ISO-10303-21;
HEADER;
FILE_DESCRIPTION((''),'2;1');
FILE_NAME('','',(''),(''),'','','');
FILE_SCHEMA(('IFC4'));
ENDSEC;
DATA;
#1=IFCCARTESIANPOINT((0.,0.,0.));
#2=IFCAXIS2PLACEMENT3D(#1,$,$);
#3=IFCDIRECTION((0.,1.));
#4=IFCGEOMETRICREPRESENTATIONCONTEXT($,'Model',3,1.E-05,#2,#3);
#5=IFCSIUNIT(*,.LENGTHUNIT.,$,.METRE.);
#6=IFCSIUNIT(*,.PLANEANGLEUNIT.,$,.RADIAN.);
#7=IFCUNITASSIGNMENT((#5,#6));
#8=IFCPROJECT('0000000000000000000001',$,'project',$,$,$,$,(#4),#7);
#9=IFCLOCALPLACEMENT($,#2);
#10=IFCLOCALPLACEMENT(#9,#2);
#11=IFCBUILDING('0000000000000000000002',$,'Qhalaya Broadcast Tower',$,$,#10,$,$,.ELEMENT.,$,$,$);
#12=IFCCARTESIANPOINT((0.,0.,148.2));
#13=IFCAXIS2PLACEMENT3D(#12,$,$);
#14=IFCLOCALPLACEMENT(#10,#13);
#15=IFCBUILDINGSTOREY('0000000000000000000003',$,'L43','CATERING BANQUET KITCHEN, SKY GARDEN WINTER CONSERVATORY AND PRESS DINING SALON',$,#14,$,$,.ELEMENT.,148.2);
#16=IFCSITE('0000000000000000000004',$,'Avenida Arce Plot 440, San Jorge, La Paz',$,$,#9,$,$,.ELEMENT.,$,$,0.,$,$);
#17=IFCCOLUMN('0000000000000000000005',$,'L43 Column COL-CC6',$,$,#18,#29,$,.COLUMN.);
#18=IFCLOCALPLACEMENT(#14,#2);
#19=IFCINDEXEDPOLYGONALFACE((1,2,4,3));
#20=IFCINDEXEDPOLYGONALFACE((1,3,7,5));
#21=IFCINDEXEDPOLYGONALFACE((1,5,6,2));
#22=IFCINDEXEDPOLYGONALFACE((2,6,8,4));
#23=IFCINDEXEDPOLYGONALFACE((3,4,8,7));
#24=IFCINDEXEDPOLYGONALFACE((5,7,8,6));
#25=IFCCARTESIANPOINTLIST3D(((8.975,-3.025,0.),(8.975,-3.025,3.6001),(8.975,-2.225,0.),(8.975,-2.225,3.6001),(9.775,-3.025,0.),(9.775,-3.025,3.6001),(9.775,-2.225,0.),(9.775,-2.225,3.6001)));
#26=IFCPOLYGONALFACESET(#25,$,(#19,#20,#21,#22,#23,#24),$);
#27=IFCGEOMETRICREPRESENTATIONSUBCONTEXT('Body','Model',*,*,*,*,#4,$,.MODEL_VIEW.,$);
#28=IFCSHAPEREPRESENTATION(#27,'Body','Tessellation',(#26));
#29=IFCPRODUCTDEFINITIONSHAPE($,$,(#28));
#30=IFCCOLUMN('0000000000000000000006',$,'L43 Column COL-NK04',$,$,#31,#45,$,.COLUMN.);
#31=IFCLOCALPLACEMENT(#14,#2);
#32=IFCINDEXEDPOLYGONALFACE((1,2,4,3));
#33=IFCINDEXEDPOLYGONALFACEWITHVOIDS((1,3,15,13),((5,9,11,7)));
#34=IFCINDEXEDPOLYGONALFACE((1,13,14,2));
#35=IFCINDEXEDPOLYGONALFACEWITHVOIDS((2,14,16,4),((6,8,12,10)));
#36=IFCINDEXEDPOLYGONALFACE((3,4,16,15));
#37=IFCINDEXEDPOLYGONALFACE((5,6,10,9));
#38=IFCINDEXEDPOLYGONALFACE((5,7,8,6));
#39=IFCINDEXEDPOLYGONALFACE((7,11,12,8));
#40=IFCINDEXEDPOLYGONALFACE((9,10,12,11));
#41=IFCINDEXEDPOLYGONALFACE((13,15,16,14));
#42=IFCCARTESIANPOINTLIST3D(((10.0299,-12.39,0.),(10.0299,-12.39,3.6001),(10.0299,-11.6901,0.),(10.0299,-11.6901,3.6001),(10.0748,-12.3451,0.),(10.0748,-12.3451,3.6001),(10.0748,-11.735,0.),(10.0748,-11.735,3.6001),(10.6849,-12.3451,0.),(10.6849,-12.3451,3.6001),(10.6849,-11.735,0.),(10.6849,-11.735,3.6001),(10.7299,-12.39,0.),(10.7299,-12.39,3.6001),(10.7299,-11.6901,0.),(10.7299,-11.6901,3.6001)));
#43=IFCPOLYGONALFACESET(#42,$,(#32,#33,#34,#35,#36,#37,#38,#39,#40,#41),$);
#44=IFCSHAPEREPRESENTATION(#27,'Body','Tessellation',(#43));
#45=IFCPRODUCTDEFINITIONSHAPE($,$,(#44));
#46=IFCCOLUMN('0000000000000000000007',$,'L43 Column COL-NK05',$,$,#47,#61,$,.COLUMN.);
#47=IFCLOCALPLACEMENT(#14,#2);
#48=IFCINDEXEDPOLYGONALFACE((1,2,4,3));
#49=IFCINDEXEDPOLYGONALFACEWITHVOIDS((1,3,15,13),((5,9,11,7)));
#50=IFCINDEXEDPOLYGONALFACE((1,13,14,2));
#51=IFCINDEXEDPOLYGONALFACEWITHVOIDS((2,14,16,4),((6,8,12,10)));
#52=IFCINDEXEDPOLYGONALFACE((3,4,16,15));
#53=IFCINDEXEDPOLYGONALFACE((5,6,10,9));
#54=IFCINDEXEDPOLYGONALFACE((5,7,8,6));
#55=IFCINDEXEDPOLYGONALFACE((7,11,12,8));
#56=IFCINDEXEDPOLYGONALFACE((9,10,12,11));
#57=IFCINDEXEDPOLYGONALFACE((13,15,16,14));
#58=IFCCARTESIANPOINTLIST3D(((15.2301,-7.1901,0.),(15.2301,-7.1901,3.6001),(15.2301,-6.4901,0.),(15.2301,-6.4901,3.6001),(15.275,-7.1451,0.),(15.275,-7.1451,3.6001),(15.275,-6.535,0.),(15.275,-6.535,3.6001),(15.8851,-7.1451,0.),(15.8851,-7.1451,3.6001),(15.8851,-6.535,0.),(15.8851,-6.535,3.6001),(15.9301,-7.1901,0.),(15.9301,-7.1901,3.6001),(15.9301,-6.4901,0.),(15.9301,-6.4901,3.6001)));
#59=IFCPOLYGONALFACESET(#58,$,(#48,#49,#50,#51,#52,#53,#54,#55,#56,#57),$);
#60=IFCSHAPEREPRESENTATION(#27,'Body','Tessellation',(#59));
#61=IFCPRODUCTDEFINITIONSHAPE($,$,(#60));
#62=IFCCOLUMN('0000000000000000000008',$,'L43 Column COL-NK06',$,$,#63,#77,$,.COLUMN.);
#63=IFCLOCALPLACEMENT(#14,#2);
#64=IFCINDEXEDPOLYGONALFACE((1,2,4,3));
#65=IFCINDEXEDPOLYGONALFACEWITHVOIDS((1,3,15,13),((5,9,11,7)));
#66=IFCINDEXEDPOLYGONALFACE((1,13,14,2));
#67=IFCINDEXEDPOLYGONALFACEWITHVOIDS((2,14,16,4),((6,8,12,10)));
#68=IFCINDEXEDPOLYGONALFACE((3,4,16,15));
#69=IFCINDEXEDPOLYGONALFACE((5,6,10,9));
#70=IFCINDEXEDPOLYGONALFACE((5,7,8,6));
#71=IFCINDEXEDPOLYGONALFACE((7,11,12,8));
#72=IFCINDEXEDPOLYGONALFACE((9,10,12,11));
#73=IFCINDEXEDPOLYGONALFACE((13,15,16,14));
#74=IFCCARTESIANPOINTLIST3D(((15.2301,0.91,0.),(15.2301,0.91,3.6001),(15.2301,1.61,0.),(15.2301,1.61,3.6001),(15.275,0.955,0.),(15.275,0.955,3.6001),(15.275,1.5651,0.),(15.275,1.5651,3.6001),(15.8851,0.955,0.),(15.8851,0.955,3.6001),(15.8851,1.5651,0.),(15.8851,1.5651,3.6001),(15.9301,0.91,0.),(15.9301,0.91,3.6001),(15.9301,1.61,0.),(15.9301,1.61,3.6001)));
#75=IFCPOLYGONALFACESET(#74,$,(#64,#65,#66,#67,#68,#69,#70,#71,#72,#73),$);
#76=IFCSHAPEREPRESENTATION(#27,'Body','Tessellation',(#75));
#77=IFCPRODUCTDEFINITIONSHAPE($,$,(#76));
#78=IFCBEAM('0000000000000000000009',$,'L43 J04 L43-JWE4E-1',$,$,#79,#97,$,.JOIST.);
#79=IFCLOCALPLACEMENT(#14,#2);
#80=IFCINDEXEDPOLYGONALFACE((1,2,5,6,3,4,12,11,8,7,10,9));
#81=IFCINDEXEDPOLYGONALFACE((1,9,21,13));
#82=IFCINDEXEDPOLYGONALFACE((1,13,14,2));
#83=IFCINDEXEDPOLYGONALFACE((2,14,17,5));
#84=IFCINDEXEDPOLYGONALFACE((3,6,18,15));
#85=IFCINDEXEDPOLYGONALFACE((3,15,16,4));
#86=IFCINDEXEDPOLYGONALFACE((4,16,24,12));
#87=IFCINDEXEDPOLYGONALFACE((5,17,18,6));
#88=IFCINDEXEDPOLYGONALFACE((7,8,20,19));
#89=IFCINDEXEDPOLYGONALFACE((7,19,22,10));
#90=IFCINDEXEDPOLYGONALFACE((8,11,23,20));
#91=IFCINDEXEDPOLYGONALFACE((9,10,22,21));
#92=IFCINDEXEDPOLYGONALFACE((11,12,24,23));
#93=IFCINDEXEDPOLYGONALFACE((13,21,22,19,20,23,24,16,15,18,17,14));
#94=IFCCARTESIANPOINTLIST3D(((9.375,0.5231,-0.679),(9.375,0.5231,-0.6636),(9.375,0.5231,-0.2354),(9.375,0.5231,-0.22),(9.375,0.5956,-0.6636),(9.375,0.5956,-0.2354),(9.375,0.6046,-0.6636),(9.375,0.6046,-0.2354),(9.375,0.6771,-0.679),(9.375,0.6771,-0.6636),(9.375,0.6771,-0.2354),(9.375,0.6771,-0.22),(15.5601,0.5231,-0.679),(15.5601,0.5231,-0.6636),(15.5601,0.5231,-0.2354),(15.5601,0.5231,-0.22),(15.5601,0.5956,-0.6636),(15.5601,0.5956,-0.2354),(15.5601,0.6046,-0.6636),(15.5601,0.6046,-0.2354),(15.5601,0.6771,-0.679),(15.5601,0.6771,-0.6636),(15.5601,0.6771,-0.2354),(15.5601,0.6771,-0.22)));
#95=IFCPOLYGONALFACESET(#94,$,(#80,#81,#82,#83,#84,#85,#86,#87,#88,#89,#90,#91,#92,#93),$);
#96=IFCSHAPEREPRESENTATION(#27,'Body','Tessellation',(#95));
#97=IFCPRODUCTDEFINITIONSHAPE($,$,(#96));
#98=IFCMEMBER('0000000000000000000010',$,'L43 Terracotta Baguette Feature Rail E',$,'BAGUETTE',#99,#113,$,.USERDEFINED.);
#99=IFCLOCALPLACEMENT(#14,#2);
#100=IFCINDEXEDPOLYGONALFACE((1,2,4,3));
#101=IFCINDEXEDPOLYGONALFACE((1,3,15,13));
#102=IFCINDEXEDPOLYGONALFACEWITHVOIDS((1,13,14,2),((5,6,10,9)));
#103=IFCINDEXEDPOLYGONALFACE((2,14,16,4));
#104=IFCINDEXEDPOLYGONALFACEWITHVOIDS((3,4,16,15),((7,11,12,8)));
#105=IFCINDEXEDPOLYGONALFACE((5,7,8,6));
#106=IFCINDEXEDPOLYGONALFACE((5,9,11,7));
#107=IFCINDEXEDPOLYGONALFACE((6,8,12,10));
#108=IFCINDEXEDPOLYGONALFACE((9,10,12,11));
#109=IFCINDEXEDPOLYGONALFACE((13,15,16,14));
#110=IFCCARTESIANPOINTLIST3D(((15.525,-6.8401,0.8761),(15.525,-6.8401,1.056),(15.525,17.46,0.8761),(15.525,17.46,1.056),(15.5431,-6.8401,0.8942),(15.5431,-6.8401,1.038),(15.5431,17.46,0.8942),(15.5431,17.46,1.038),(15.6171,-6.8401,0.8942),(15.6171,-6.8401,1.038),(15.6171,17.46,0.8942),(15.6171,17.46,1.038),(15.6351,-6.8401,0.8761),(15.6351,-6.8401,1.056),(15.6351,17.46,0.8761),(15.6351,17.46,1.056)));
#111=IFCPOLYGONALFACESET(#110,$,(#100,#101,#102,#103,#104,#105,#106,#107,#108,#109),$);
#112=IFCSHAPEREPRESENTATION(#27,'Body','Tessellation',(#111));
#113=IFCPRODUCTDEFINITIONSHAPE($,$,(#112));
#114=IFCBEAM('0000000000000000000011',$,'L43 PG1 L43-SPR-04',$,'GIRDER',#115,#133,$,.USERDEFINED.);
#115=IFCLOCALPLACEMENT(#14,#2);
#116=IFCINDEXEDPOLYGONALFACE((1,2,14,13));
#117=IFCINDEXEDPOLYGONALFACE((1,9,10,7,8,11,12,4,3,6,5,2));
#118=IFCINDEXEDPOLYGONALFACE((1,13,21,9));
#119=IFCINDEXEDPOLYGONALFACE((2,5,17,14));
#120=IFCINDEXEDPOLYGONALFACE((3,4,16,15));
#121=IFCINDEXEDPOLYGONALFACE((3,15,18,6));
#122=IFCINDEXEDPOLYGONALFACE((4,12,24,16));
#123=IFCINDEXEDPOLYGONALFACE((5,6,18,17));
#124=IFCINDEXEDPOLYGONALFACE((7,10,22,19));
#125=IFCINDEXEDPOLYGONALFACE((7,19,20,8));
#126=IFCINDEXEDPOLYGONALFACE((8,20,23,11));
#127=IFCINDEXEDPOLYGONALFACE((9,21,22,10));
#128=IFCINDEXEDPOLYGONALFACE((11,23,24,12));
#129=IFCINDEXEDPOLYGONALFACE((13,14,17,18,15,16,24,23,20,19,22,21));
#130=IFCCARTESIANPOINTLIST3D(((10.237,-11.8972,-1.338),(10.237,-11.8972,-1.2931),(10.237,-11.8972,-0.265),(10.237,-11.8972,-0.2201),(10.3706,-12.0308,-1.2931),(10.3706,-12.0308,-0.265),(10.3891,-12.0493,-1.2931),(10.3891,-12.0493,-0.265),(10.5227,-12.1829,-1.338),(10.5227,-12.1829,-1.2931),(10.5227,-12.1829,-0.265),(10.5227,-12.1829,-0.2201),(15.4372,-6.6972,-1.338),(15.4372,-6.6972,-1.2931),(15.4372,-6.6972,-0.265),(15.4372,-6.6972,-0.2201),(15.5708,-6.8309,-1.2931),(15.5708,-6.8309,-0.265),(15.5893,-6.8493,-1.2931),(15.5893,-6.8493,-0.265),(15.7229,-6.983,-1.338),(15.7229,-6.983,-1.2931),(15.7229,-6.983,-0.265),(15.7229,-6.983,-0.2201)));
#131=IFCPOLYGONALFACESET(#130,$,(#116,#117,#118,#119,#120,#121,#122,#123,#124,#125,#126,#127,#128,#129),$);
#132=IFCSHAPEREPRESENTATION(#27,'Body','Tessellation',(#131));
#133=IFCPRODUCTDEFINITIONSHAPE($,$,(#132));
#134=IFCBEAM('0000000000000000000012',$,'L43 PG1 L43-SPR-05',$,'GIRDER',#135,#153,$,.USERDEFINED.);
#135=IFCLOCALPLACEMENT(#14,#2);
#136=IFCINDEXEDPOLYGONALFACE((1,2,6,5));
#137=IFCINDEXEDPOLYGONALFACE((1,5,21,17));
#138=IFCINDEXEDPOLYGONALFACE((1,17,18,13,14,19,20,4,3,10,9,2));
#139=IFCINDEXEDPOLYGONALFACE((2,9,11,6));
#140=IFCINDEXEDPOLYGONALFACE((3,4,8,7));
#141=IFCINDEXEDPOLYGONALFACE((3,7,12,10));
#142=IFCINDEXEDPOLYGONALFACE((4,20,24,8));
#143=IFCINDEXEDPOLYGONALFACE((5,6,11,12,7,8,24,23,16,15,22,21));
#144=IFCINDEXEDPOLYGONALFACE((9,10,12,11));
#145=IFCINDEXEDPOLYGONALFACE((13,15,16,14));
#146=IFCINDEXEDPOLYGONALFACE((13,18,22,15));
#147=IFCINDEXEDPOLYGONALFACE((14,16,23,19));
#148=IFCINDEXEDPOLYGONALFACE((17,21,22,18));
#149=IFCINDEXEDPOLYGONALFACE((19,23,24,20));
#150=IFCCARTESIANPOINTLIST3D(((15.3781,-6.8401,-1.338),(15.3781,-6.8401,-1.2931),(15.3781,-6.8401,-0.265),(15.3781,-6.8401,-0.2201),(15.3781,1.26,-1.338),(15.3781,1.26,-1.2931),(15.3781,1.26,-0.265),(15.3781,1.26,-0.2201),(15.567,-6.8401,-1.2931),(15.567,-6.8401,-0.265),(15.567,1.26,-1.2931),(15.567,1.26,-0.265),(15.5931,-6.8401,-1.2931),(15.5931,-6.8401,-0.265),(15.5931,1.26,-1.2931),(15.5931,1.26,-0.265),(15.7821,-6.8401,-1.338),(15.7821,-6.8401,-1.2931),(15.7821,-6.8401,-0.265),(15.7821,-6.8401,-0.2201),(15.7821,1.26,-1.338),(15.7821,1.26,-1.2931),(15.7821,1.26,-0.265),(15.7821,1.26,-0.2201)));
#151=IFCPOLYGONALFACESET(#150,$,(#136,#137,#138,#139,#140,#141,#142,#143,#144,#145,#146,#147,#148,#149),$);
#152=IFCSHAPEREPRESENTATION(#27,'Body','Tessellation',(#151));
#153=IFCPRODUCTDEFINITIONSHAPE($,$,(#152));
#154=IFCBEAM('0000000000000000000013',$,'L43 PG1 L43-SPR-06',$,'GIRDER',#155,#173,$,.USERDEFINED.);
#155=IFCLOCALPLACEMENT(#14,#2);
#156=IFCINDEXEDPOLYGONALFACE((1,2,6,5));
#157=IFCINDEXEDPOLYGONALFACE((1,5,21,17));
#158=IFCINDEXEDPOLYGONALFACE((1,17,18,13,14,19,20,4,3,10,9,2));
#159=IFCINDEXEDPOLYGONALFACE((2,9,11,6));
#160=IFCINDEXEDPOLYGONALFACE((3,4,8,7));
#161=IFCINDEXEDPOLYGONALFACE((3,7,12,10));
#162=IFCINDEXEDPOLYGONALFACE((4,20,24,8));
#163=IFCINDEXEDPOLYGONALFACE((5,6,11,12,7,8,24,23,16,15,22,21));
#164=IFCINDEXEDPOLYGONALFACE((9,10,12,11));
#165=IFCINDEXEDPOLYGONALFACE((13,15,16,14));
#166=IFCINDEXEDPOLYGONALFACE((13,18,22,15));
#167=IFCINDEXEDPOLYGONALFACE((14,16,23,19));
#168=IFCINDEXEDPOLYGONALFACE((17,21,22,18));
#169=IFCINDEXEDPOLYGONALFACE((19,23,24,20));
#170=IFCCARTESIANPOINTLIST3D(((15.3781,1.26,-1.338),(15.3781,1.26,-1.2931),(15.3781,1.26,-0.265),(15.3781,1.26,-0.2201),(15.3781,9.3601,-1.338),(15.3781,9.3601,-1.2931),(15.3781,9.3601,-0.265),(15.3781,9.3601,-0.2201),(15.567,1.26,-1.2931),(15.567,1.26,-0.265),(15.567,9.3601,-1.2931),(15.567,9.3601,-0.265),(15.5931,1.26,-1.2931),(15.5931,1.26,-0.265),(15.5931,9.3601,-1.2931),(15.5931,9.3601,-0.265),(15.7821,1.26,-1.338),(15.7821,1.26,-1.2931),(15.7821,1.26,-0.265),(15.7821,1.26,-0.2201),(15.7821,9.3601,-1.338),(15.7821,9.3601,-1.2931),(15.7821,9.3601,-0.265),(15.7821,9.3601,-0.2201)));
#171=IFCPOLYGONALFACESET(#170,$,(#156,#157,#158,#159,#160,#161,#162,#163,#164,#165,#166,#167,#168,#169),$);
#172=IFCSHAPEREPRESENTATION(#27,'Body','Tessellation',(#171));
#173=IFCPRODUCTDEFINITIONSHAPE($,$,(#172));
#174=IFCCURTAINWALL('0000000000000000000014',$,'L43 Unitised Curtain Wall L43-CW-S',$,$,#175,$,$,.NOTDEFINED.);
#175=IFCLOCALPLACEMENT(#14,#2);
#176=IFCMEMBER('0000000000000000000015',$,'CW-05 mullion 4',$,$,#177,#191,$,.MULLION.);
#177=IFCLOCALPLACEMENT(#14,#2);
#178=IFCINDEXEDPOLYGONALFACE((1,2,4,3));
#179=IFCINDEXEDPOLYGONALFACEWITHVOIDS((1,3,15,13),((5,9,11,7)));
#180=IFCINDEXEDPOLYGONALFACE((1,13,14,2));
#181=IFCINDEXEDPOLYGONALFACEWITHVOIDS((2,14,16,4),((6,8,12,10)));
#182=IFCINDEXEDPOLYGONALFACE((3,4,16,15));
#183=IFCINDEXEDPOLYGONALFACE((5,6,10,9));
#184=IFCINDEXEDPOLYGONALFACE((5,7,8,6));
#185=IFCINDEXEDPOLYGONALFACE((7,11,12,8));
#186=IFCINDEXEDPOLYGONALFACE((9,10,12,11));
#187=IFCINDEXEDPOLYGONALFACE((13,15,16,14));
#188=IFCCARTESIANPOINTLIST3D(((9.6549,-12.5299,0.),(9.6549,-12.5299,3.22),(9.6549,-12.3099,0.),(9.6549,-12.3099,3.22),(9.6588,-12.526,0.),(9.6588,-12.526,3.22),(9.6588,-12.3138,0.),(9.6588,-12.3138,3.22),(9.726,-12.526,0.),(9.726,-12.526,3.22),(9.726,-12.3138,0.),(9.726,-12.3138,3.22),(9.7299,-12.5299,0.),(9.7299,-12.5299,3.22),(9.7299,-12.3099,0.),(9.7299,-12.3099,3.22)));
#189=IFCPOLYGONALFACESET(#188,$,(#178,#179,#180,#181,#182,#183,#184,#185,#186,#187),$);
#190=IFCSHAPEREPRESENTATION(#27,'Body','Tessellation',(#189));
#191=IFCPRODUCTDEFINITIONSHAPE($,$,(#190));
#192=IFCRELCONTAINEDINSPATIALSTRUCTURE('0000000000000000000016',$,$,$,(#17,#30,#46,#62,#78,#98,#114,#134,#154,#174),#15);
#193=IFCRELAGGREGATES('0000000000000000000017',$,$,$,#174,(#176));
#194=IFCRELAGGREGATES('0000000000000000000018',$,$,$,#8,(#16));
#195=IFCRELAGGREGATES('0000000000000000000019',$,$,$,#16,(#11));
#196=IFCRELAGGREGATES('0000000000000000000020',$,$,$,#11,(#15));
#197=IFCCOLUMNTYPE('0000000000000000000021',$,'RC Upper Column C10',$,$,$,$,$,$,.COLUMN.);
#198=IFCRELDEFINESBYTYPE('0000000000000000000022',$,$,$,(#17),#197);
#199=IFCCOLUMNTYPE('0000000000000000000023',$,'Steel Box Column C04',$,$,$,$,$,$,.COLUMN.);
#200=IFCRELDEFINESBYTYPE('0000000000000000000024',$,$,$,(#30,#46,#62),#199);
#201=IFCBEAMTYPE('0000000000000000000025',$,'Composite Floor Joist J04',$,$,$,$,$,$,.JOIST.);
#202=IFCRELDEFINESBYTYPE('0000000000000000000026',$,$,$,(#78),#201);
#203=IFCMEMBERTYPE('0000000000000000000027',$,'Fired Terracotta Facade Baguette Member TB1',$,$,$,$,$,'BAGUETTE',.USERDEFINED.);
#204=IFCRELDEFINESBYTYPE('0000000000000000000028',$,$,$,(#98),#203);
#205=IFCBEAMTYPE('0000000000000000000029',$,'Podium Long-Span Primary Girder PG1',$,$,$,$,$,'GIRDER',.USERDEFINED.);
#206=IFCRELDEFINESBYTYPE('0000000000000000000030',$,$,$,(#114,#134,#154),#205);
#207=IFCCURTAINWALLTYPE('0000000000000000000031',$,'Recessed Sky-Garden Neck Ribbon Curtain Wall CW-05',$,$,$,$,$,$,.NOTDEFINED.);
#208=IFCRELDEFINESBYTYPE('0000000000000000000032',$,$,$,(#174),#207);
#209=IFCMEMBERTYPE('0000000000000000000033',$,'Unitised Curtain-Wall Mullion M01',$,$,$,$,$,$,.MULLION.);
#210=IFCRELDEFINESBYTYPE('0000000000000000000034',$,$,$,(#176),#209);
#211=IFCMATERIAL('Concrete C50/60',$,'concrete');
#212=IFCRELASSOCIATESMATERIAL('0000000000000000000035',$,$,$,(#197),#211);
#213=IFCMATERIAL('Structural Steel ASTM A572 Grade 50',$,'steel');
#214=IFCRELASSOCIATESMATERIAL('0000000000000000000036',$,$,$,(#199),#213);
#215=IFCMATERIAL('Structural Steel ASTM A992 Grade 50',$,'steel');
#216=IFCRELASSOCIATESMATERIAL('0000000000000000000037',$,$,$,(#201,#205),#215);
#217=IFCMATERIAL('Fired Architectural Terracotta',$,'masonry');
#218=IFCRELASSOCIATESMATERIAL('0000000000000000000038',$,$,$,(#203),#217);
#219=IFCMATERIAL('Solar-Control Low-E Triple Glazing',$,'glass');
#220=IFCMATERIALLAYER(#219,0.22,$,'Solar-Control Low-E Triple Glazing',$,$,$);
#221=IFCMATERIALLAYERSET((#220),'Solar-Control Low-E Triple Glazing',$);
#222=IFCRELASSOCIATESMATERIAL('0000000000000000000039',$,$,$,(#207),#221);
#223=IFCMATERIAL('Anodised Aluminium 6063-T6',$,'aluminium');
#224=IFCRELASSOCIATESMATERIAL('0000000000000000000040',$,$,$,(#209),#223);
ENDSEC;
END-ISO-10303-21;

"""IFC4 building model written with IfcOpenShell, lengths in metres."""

from ifc_helpers import new_model, si_unit, direction, frame, origin, origin_2d, place, context, subcontext, project, spatial, rectangle, hollow_rectangle, i_section, extrude, material, layer, layer_set, material_profile, profile_set, type_object, element, aggregate, save


model = new_model("IFC4")

# Units and contexts
model_context = context("Model", 3, precision=1e-05, world=origin(), true_north=direction((0.0, 1.0)))
body_context = subcontext(model_context, "Body", "Model", "MODEL_VIEW")
ifc_project = project(units=[si_unit("LENGTHUNIT", "METRE"), si_unit("PLANEANGLEUNIT", "RADIAN")], contexts=[model_context])

# Site, building, storey
site_placement = place(None, origin())
site = spatial("IfcSite", under=ifc_project, at=site_placement, Name="Avenida Arce Plot 440, San Jorge, La Paz", CompositionType="ELEMENT", RefElevation=0.0)
building_placement = place(site_placement, origin())
building = spatial("IfcBuilding", under=site, at=building_placement, Name="Qhalaya Broadcast Tower", CompositionType="ELEMENT")
storey_placement = place(building_placement, frame((0.0, 0.0, 148.2)))
storey = spatial("IfcBuildingStorey", under=building, at=storey_placement, Name="L43", Description="CATERING BANQUET KITCHEN, SKY GARDEN WINTER CONSERVATORY AND PRESS DINING SALON", CompositionType="ELEMENT", Elevation=148.2)

# Columns
ifc_material_1 = material(Name="Concrete C50/60", Category="concrete")
ifc_material_profile_1 = material_profile(ifc_material_1, rectangle(XDim=0.8, YDim=0.8, at=origin_2d()), Name="RC-COL 800x800")
ifc_profile_set_1 = profile_set([ifc_material_profile_1], Name="Concrete C50/60")
column_type_1 = type_object("IfcColumnType", Name="RC Upper Column C10", PredefinedType="COLUMN", material=ifc_profile_set_1)
column_placement = place(storey_placement, frame((9.375, -2.625, 0.0), z_axis=(0.0, 0.0, 1.0), x_axis=(1.0, 0.0, 0.0)))
element("IfcColumn", 1, at=column_placement, inside=storey, type_object=column_type_1, Name="L43 Column COL-CC6", PredefinedType="COLUMN", context=body_context, shape_type="SweptSolid", body=[
    extrude(rectangle(XDim=0.8, YDim=0.8, at=origin_2d()), origin(), (0.0, 0.0, 1.0), 3.6001),
])
ifc_material_2 = material(Name="Structural Steel ASTM A572 Grade 50", Category="steel")
ifc_material_profile_2 = material_profile(ifc_material_2, hollow_rectangle(XDim=0.7, YDim=0.7, WallThickness=0.0449, at=origin_2d()), Name="BOX 700x700x45")
ifc_profile_set_2 = profile_set([ifc_material_profile_2], Name="Structural Steel ASTM A572 Grade 50")
column_type_2 = type_object("IfcColumnType", Name="Steel Box Column C04", PredefinedType="COLUMN", material=ifc_profile_set_2)
for number, where, z_axis, x_axis, name in (
    (2, (10.3799, -12.04, 0.0), (0.0, 0.0, 1.0), (1.0, 0.0, 0.0), "L43 Column COL-NK04"),
    (3, (15.5801, -6.8401, 0.0), (0.0, 0.0, 1.0), (0.0, 1.0, 0.0), "L43 Column COL-NK05"),
    (4, (15.5801, 1.26, 0.0), (0.0, 0.0, 1.0), (0.0, 1.0, 0.0), "L43 Column COL-NK06"),
):
    element("IfcColumn", number, at=place(storey_placement, frame(where, z_axis=z_axis, x_axis=x_axis)), inside=storey, type_object=column_type_2, Name=name, PredefinedType="COLUMN", context=body_context, shape_type="SweptSolid", body=[
        extrude(hollow_rectangle(XDim=0.7, YDim=0.7, WallThickness=0.0449, at=origin_2d()), origin(), (0.0, 0.0, 1.0), 3.6001),
    ])

# Beam
ifc_material_3 = material(Name="Structural Steel ASTM A992 Grade 50", Category="steel")
ifc_material_profile_3 = material_profile(ifc_material_3, i_section(OverallWidth=0.1541, OverallDepth=0.459, WebThickness=0.009, FlangeThickness=0.0154, at=origin_2d()), Name="W18X46")
ifc_profile_set_3 = profile_set([ifc_material_profile_3], Name="Structural Steel ASTM A992 Grade 50")
beam_type_1 = type_object("IfcBeamType", Name="Composite Floor Joist J04", PredefinedType="JOIST", material=ifc_profile_set_3)
beam_1_placement = place(storey_placement, frame((9.375, 0.6001, -0.4495), z_axis=(1.0, 0.0, 0.0), x_axis=(0.0, 1.0, 0.0)))
element("IfcBeam", 5, at=beam_1_placement, inside=storey, type_object=beam_type_1, Name="L43 J04 L43-JWE4E-1", PredefinedType="JOIST", context=body_context, shape_type="SweptSolid", body=[
    extrude(i_section(OverallWidth=0.1541, OverallDepth=0.459, WebThickness=0.009, FlangeThickness=0.0154, at=origin_2d()), origin(), (0.0, 0.0, 1.0), 6.1851),
])

# Member
ifc_material_4 = material(Name="Fired Architectural Terracotta", Category="masonry")
ifc_material_profile_4 = material_profile(ifc_material_4, hollow_rectangle(XDim=0.1101, YDim=0.1799, WallThickness=0.0181, at=origin_2d()), Name="TB-BAG 110x180x18")
ifc_profile_set_4 = profile_set([ifc_material_profile_4], Name="Fired Architectural Terracotta")
member_type_1 = type_object("IfcMemberType", Name="Fired Terracotta Facade Baguette Member TB1", ElementType="BAGUETTE", PredefinedType="USERDEFINED", material=ifc_profile_set_4)
member_1_placement = place(storey_placement, frame((15.5801, -6.8401, 0.9661), z_axis=(0.0, 1.0, 0.0), x_axis=(-1.0, 0.0, 0.0)))
element("IfcMember", 6, at=member_1_placement, inside=storey, type_object=member_type_1, Name="L43 Terracotta Baguette Feature Rail E", ObjectType="BAGUETTE", PredefinedType="USERDEFINED", context=body_context, shape_type="SweptSolid", body=[
    extrude(hollow_rectangle(XDim=0.1101, YDim=0.1799, WallThickness=0.0181, at=origin_2d()), origin(), (0.0, 0.0, 1.0), 24.3),
])

# Beams
ifc_material_profile_5 = material_profile(ifc_material_3, i_section(OverallWidth=0.4041, OverallDepth=1.1179, WebThickness=0.0261, FlangeThickness=0.0449, at=origin_2d()), Name="W44X335")
ifc_profile_set_5 = profile_set([ifc_material_profile_5], Name="Structural Steel ASTM A992 Grade 50")
beam_type_2 = type_object("IfcBeamType", Name="Podium Long-Span Primary Girder PG1", ElementType="GIRDER", PredefinedType="USERDEFINED", material=ifc_profile_set_5)
beam_2_placement = place(storey_placement, frame((10.3799, -12.04, -0.7791), z_axis=(0.707123, 0.70709, 0.0), x_axis=(-0.70709, 0.707123, 0.0)))
element("IfcBeam", 7, at=beam_2_placement, inside=storey, type_object=beam_type_2, Name="L43 PG1 L43-SPR-04", ObjectType="GIRDER", PredefinedType="USERDEFINED", context=body_context, shape_type="SweptSolid", body=[
    extrude(i_section(OverallWidth=0.4041, OverallDepth=1.1179, WebThickness=0.0261, FlangeThickness=0.0449, at=origin_2d()), origin(), (0.0, 0.0, 1.0), 7.354),
])
for number, where, z_axis, x_axis, name in (
    (8, (15.5801, -6.8401, -0.7791), (0.0, 1.0, 0.0), (-1.0, 0.0, 0.0), "L43 PG1 L43-SPR-05"),
    (9, (15.5801, 1.26, -0.7791), (0.0, 1.0, 0.0), (-1.0, 0.0, 0.0), "L43 PG1 L43-SPR-06"),
):
    element("IfcBeam", number, at=place(storey_placement, frame(where, z_axis=z_axis, x_axis=x_axis)), inside=storey, type_object=beam_type_2, Name=name, ObjectType="GIRDER", PredefinedType="USERDEFINED", context=body_context, shape_type="SweptSolid", body=[
        extrude(i_section(OverallWidth=0.4041, OverallDepth=1.1179, WebThickness=0.0261, FlangeThickness=0.0449, at=origin_2d()), origin(), (0.0, 0.0, 1.0), 8.1001),
    ])

# Curtain wall, member
ifc_material_5 = material(Name="Solar-Control Low-E Triple Glazing", Category="glass")
ifc_layer_1 = layer(ifc_material_5, 0.22, Name="Solar-Control Low-E Triple Glazing")
ifc_layer_set_1 = layer_set([ifc_layer_1], Name="Solar-Control Low-E Triple Glazing")
curtain_wall_type = type_object("IfcCurtainWallType", Name="Recessed Sky-Garden Neck Ribbon Curtain Wall CW-05", PredefinedType="NOTDEFINED", material=ifc_layer_set_1)
curtain_wall_1_placement = place(storey_placement, origin())
curtain_wall_1 = element("IfcCurtainWall", 10, at=curtain_wall_1_placement, inside=storey, type_object=curtain_wall_type, Name="L43 Unitised Curtain Wall L43-CW-S", PredefinedType="NOTDEFINED")
ifc_material_6 = material(Name="Anodised Aluminium 6063-T6", Category="aluminium")
ifc_material_profile_6 = material_profile(ifc_material_6, hollow_rectangle(XDim=0.075, YDim=0.22, WallThickness=0.0039, at=origin_2d()), Name="ALU-MUL 75x220x4")
ifc_profile_set_6 = profile_set([ifc_material_profile_6], Name="Anodised Aluminium 6063-T6")
member_type_2 = type_object("IfcMemberType", Name="Unitised Curtain-Wall Mullion M01", PredefinedType="MULLION", material=ifc_profile_set_6)
member_2_placement = place(storey_placement, frame((9.6924, -12.4199, 0.0), z_axis=(0.0, 0.0, 1.0), x_axis=(1.0, 0.0, 0.0)))
member_2 = element("IfcMember", 11, at=member_2_placement, type_object=member_type_2, Name="CW-05 mullion 4", PredefinedType="MULLION", context=body_context, shape_type="SweptSolid", body=[
    extrude(hollow_rectangle(XDim=0.075, YDim=0.22, WallThickness=0.0039, at=origin_2d()), origin(), (0.0, 0.0, 1.0), 3.22),
])
aggregate(curtain_wall_1, [member_2])

save(model, "model.ifc")
